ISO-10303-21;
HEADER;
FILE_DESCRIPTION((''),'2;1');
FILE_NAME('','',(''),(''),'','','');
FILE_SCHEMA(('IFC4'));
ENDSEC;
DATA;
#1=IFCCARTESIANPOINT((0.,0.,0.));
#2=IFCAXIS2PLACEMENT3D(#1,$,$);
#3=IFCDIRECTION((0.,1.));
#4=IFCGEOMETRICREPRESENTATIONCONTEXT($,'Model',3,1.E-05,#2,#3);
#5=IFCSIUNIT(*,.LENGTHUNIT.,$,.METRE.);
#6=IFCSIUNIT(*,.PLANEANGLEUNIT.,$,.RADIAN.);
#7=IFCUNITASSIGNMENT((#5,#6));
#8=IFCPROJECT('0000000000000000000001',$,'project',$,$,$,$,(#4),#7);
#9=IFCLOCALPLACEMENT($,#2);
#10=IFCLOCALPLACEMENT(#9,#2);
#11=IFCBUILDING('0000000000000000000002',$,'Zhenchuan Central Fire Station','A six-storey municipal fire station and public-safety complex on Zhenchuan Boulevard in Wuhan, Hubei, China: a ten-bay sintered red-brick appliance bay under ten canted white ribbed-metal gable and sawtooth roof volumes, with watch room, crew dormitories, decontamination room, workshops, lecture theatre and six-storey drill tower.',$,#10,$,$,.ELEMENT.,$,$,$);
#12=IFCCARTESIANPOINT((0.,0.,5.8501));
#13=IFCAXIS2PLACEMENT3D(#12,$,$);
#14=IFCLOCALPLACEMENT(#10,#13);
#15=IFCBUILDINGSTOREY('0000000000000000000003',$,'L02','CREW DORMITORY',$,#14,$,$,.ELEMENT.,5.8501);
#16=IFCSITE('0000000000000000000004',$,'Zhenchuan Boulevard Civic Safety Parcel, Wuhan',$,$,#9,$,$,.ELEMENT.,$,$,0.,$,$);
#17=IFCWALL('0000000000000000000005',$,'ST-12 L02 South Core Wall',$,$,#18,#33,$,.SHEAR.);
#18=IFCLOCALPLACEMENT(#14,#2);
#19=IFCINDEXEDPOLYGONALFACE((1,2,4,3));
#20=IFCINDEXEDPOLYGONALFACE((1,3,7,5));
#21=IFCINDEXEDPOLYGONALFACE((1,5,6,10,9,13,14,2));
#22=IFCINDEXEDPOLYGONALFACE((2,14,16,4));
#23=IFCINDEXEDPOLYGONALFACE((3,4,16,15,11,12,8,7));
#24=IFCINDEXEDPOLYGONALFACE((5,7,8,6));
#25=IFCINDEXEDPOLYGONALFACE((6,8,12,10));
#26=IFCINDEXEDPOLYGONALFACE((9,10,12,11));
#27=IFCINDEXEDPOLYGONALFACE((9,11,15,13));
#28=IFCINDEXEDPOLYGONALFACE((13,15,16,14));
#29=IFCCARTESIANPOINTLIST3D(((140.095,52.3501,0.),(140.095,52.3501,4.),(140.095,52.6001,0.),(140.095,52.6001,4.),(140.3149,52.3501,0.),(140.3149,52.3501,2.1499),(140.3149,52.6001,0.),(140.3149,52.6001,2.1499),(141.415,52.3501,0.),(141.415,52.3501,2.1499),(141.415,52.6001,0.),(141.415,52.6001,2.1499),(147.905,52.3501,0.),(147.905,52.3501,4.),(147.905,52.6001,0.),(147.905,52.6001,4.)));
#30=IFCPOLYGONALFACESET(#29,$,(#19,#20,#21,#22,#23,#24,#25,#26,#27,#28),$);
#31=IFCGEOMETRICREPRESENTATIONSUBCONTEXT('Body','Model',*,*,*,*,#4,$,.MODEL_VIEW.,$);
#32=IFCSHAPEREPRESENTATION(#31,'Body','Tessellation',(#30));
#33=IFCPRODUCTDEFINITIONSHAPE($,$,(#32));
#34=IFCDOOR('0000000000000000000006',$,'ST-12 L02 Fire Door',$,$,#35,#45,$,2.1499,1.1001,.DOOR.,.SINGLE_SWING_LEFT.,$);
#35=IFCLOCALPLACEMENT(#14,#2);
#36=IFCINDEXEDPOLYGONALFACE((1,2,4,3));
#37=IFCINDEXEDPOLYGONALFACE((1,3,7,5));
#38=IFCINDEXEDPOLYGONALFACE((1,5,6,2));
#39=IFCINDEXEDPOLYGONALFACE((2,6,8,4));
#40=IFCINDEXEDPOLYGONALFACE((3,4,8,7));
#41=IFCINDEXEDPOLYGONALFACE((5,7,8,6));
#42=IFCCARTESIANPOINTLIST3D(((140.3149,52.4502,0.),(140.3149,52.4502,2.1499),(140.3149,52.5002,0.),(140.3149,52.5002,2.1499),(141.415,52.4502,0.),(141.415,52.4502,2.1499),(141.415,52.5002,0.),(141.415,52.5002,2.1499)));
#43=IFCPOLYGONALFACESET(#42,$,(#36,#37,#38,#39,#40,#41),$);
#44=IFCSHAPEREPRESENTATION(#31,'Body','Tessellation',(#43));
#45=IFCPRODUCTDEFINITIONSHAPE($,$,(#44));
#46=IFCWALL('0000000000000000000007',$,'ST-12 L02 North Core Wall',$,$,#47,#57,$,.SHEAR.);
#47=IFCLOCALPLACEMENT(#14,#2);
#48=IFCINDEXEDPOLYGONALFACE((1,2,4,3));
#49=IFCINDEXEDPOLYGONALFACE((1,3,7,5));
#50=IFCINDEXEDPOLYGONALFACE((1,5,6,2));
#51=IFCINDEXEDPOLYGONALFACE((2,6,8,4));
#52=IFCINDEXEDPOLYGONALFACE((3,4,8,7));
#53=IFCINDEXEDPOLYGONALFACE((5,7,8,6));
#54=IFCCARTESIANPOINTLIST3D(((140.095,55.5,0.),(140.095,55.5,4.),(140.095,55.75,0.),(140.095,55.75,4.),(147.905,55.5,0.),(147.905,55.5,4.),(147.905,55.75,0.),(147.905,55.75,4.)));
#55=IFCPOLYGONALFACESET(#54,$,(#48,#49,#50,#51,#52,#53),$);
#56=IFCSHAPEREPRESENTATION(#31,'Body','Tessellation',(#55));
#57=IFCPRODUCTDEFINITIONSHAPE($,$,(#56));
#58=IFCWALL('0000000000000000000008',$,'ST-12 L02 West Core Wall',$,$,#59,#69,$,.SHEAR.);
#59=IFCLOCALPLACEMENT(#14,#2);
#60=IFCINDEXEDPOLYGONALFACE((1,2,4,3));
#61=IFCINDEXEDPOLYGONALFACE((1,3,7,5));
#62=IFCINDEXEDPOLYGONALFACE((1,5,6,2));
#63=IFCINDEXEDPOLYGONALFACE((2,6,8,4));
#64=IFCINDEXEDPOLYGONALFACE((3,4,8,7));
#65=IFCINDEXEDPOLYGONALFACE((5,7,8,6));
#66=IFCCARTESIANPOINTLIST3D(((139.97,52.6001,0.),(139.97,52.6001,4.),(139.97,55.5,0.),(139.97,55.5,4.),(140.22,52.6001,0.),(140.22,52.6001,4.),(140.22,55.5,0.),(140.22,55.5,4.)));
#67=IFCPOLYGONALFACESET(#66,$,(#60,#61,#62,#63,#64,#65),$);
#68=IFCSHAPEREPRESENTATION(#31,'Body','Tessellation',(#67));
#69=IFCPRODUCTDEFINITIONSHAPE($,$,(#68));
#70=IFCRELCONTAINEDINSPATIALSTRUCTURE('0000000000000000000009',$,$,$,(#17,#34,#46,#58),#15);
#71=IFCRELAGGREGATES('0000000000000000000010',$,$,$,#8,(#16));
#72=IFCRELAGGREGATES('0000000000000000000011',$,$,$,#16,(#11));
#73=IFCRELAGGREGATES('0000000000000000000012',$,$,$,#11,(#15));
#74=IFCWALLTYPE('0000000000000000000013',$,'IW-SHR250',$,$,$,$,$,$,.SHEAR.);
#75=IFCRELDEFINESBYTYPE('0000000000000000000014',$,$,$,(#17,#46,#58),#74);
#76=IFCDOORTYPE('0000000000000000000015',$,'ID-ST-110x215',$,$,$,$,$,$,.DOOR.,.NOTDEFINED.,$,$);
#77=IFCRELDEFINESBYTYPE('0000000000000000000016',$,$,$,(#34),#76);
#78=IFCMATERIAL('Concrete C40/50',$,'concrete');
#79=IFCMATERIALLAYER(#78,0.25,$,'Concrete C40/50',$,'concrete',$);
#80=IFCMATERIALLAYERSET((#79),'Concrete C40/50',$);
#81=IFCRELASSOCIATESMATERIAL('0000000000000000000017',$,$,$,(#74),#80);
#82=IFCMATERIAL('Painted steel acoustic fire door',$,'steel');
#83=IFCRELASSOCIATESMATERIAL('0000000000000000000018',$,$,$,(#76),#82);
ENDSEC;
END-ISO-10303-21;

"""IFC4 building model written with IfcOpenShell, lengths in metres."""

from ifc_helpers import new_model, si_unit, direction, frame, frame_2d, origin, place, context, subcontext, project, spatial, rectangle, extrude, material, layer, layer_set, type_object, element, fill, save


model = new_model("IFC4")

# Units and contexts
model_context = context("Model", 3, precision=1e-05, world=origin(), true_north=direction((0.0, 1.0)))
body_context = subcontext(model_context, "Body", "Model", "MODEL_VIEW")
ifc_project = project(units=[si_unit("LENGTHUNIT", "METRE"), si_unit("PLANEANGLEUNIT", "RADIAN")], contexts=[model_context])

# Site, building, storey
site_placement = place(None, origin())
site = spatial("IfcSite", under=ifc_project, at=site_placement, Name="Zhenchuan Boulevard Civic Safety Parcel, Wuhan", CompositionType="ELEMENT", RefElevation=0.0)
building_placement = place(site_placement, origin())
building = spatial("IfcBuilding", under=site, at=building_placement, Name="Zhenchuan Central Fire Station", Description="A six-storey municipal fire station and public-safety complex on Zhenchuan Boulevard in Wuhan, Hubei, China: a ten-bay sintered red-brick appliance bay under ten canted white ribbed-metal gable and sawtooth roof volumes, with watch room, crew dormitories, decontamination room, workshops, lecture theatre and six-storey drill tower.", CompositionType="ELEMENT")
storey_placement = place(building_placement, frame((0.0, 0.0, 5.8501)))
storey = spatial("IfcBuildingStorey", under=building, at=storey_placement, Name="L02", Description="CREW DORMITORY", CompositionType="ELEMENT", Elevation=5.8501)

# Shared definitions
ifc_material_1 = material(Name="Concrete C40/50", Category="concrete")

# Wall, opening, door
ifc_layer_1 = layer(ifc_material_1, 0.25, Name="Concrete C40/50", Category="concrete")
ifc_layer_set_1 = layer_set([ifc_layer_1], Name="Concrete C40/50")
wall_type_1 = type_object("IfcWallType", Name="IW-SHR250", PredefinedType="SHEAR", material=ifc_layer_set_1)
wall_1_placement = place(storey_placement, frame((140.095, 52.4751, 0.0), z_axis=(0.0, 0.0, 1.0), x_axis=(1.0, 0.0, 0.0)))
wall_1 = element("IfcWall", 1, at=wall_1_placement, inside=storey, type_object=wall_type_1, Name="ST-12 L02 South Core Wall", PredefinedType="SHEAR", context=body_context, shape_type="SweptSolid", body=[
    extrude(rectangle(XDim=7.8101, YDim=0.25, at=frame_2d((3.905, 0.0))), origin(), (0.0, 0.0, 1.0), 4.0),
])
opening_1_placement = place(wall_1_placement, frame((0.22, 0.0, 0.0)))
opening_1 = element("IfcOpeningElement", 2, at=opening_1_placement, cuts=wall_1, PredefinedType="OPENING", context=body_context, shape_type="SweptSolid", body=[
    extrude(rectangle(XDim=1.1001, YDim=2.1499, at=frame_2d((0.55, 1.075))), frame((0.0, 0.135, 0.0), z_axis=(0.0, -1.0, 0.0), x_axis=(1.0, 0.0, 0.0)), (0.0, 0.0, 1.0), 0.27),
])
ifc_material_2 = material(Name="Painted steel acoustic fire door", Category="steel")
door_type_1 = type_object("IfcDoorType", Name="ID-ST-110x215", OperationType="NOTDEFINED", PredefinedType="DOOR", material=ifc_material_2)
door_1_placement = place(opening_1_placement, frame((1.1001, 0.0, 0.0), z_axis=(0.0, 0.0, 1.0), x_axis=(-1.0, 0.0, 0.0)))
door_1 = element("IfcDoor", 3, at=door_1_placement, inside=storey, type_object=door_type_1, Name="ST-12 L02 Fire Door", OperationType="SINGLE_SWING_LEFT", OverallHeight=2.1499, OverallWidth=1.1001, PredefinedType="DOOR", context=body_context, shape_type="SweptSolid", body=[
    extrude(rectangle(XDim=1.1001, YDim=2.1499, at=frame_2d((0.55, 1.075))), frame((0.0, 0.0249, 0.0), z_axis=(0.0, -1.0, 0.0), x_axis=(1.0, 0.0, 0.0)), (0.0, 0.0, 1.0), 0.05),
])
fill(opening_1, door_1)

# Walls
wall_2_placement = place(storey_placement, frame((140.095, 55.625, 0.0), z_axis=(0.0, 0.0, 1.0), x_axis=(1.0, 0.0, 0.0)))
element("IfcWall", 4, at=wall_2_placement, inside=storey, type_object=wall_type_1, Name="ST-12 L02 North Core Wall", PredefinedType="SHEAR", context=body_context, shape_type="SweptSolid", body=[
    extrude(rectangle(XDim=7.8101, YDim=0.25, at=frame_2d((3.905, 0.0))), origin(), (0.0, 0.0, 1.0), 4.0),
])
wall_3_placement = place(storey_placement, frame((140.095, 52.6001, 0.0), z_axis=(0.0, 0.0, 1.0), x_axis=(0.0, 1.0, 0.0)))
element("IfcWall", 5, at=wall_3_placement, inside=storey, type_object=wall_type_1, Name="ST-12 L02 West Core Wall", PredefinedType="SHEAR", context=body_context, shape_type="SweptSolid", body=[
    extrude(rectangle(XDim=2.8999, YDim=0.25, at=frame_2d((1.45, 0.0))), origin(), (0.0, 0.0, 1.0), 4.0),
])

save(model, "model.ifc")
